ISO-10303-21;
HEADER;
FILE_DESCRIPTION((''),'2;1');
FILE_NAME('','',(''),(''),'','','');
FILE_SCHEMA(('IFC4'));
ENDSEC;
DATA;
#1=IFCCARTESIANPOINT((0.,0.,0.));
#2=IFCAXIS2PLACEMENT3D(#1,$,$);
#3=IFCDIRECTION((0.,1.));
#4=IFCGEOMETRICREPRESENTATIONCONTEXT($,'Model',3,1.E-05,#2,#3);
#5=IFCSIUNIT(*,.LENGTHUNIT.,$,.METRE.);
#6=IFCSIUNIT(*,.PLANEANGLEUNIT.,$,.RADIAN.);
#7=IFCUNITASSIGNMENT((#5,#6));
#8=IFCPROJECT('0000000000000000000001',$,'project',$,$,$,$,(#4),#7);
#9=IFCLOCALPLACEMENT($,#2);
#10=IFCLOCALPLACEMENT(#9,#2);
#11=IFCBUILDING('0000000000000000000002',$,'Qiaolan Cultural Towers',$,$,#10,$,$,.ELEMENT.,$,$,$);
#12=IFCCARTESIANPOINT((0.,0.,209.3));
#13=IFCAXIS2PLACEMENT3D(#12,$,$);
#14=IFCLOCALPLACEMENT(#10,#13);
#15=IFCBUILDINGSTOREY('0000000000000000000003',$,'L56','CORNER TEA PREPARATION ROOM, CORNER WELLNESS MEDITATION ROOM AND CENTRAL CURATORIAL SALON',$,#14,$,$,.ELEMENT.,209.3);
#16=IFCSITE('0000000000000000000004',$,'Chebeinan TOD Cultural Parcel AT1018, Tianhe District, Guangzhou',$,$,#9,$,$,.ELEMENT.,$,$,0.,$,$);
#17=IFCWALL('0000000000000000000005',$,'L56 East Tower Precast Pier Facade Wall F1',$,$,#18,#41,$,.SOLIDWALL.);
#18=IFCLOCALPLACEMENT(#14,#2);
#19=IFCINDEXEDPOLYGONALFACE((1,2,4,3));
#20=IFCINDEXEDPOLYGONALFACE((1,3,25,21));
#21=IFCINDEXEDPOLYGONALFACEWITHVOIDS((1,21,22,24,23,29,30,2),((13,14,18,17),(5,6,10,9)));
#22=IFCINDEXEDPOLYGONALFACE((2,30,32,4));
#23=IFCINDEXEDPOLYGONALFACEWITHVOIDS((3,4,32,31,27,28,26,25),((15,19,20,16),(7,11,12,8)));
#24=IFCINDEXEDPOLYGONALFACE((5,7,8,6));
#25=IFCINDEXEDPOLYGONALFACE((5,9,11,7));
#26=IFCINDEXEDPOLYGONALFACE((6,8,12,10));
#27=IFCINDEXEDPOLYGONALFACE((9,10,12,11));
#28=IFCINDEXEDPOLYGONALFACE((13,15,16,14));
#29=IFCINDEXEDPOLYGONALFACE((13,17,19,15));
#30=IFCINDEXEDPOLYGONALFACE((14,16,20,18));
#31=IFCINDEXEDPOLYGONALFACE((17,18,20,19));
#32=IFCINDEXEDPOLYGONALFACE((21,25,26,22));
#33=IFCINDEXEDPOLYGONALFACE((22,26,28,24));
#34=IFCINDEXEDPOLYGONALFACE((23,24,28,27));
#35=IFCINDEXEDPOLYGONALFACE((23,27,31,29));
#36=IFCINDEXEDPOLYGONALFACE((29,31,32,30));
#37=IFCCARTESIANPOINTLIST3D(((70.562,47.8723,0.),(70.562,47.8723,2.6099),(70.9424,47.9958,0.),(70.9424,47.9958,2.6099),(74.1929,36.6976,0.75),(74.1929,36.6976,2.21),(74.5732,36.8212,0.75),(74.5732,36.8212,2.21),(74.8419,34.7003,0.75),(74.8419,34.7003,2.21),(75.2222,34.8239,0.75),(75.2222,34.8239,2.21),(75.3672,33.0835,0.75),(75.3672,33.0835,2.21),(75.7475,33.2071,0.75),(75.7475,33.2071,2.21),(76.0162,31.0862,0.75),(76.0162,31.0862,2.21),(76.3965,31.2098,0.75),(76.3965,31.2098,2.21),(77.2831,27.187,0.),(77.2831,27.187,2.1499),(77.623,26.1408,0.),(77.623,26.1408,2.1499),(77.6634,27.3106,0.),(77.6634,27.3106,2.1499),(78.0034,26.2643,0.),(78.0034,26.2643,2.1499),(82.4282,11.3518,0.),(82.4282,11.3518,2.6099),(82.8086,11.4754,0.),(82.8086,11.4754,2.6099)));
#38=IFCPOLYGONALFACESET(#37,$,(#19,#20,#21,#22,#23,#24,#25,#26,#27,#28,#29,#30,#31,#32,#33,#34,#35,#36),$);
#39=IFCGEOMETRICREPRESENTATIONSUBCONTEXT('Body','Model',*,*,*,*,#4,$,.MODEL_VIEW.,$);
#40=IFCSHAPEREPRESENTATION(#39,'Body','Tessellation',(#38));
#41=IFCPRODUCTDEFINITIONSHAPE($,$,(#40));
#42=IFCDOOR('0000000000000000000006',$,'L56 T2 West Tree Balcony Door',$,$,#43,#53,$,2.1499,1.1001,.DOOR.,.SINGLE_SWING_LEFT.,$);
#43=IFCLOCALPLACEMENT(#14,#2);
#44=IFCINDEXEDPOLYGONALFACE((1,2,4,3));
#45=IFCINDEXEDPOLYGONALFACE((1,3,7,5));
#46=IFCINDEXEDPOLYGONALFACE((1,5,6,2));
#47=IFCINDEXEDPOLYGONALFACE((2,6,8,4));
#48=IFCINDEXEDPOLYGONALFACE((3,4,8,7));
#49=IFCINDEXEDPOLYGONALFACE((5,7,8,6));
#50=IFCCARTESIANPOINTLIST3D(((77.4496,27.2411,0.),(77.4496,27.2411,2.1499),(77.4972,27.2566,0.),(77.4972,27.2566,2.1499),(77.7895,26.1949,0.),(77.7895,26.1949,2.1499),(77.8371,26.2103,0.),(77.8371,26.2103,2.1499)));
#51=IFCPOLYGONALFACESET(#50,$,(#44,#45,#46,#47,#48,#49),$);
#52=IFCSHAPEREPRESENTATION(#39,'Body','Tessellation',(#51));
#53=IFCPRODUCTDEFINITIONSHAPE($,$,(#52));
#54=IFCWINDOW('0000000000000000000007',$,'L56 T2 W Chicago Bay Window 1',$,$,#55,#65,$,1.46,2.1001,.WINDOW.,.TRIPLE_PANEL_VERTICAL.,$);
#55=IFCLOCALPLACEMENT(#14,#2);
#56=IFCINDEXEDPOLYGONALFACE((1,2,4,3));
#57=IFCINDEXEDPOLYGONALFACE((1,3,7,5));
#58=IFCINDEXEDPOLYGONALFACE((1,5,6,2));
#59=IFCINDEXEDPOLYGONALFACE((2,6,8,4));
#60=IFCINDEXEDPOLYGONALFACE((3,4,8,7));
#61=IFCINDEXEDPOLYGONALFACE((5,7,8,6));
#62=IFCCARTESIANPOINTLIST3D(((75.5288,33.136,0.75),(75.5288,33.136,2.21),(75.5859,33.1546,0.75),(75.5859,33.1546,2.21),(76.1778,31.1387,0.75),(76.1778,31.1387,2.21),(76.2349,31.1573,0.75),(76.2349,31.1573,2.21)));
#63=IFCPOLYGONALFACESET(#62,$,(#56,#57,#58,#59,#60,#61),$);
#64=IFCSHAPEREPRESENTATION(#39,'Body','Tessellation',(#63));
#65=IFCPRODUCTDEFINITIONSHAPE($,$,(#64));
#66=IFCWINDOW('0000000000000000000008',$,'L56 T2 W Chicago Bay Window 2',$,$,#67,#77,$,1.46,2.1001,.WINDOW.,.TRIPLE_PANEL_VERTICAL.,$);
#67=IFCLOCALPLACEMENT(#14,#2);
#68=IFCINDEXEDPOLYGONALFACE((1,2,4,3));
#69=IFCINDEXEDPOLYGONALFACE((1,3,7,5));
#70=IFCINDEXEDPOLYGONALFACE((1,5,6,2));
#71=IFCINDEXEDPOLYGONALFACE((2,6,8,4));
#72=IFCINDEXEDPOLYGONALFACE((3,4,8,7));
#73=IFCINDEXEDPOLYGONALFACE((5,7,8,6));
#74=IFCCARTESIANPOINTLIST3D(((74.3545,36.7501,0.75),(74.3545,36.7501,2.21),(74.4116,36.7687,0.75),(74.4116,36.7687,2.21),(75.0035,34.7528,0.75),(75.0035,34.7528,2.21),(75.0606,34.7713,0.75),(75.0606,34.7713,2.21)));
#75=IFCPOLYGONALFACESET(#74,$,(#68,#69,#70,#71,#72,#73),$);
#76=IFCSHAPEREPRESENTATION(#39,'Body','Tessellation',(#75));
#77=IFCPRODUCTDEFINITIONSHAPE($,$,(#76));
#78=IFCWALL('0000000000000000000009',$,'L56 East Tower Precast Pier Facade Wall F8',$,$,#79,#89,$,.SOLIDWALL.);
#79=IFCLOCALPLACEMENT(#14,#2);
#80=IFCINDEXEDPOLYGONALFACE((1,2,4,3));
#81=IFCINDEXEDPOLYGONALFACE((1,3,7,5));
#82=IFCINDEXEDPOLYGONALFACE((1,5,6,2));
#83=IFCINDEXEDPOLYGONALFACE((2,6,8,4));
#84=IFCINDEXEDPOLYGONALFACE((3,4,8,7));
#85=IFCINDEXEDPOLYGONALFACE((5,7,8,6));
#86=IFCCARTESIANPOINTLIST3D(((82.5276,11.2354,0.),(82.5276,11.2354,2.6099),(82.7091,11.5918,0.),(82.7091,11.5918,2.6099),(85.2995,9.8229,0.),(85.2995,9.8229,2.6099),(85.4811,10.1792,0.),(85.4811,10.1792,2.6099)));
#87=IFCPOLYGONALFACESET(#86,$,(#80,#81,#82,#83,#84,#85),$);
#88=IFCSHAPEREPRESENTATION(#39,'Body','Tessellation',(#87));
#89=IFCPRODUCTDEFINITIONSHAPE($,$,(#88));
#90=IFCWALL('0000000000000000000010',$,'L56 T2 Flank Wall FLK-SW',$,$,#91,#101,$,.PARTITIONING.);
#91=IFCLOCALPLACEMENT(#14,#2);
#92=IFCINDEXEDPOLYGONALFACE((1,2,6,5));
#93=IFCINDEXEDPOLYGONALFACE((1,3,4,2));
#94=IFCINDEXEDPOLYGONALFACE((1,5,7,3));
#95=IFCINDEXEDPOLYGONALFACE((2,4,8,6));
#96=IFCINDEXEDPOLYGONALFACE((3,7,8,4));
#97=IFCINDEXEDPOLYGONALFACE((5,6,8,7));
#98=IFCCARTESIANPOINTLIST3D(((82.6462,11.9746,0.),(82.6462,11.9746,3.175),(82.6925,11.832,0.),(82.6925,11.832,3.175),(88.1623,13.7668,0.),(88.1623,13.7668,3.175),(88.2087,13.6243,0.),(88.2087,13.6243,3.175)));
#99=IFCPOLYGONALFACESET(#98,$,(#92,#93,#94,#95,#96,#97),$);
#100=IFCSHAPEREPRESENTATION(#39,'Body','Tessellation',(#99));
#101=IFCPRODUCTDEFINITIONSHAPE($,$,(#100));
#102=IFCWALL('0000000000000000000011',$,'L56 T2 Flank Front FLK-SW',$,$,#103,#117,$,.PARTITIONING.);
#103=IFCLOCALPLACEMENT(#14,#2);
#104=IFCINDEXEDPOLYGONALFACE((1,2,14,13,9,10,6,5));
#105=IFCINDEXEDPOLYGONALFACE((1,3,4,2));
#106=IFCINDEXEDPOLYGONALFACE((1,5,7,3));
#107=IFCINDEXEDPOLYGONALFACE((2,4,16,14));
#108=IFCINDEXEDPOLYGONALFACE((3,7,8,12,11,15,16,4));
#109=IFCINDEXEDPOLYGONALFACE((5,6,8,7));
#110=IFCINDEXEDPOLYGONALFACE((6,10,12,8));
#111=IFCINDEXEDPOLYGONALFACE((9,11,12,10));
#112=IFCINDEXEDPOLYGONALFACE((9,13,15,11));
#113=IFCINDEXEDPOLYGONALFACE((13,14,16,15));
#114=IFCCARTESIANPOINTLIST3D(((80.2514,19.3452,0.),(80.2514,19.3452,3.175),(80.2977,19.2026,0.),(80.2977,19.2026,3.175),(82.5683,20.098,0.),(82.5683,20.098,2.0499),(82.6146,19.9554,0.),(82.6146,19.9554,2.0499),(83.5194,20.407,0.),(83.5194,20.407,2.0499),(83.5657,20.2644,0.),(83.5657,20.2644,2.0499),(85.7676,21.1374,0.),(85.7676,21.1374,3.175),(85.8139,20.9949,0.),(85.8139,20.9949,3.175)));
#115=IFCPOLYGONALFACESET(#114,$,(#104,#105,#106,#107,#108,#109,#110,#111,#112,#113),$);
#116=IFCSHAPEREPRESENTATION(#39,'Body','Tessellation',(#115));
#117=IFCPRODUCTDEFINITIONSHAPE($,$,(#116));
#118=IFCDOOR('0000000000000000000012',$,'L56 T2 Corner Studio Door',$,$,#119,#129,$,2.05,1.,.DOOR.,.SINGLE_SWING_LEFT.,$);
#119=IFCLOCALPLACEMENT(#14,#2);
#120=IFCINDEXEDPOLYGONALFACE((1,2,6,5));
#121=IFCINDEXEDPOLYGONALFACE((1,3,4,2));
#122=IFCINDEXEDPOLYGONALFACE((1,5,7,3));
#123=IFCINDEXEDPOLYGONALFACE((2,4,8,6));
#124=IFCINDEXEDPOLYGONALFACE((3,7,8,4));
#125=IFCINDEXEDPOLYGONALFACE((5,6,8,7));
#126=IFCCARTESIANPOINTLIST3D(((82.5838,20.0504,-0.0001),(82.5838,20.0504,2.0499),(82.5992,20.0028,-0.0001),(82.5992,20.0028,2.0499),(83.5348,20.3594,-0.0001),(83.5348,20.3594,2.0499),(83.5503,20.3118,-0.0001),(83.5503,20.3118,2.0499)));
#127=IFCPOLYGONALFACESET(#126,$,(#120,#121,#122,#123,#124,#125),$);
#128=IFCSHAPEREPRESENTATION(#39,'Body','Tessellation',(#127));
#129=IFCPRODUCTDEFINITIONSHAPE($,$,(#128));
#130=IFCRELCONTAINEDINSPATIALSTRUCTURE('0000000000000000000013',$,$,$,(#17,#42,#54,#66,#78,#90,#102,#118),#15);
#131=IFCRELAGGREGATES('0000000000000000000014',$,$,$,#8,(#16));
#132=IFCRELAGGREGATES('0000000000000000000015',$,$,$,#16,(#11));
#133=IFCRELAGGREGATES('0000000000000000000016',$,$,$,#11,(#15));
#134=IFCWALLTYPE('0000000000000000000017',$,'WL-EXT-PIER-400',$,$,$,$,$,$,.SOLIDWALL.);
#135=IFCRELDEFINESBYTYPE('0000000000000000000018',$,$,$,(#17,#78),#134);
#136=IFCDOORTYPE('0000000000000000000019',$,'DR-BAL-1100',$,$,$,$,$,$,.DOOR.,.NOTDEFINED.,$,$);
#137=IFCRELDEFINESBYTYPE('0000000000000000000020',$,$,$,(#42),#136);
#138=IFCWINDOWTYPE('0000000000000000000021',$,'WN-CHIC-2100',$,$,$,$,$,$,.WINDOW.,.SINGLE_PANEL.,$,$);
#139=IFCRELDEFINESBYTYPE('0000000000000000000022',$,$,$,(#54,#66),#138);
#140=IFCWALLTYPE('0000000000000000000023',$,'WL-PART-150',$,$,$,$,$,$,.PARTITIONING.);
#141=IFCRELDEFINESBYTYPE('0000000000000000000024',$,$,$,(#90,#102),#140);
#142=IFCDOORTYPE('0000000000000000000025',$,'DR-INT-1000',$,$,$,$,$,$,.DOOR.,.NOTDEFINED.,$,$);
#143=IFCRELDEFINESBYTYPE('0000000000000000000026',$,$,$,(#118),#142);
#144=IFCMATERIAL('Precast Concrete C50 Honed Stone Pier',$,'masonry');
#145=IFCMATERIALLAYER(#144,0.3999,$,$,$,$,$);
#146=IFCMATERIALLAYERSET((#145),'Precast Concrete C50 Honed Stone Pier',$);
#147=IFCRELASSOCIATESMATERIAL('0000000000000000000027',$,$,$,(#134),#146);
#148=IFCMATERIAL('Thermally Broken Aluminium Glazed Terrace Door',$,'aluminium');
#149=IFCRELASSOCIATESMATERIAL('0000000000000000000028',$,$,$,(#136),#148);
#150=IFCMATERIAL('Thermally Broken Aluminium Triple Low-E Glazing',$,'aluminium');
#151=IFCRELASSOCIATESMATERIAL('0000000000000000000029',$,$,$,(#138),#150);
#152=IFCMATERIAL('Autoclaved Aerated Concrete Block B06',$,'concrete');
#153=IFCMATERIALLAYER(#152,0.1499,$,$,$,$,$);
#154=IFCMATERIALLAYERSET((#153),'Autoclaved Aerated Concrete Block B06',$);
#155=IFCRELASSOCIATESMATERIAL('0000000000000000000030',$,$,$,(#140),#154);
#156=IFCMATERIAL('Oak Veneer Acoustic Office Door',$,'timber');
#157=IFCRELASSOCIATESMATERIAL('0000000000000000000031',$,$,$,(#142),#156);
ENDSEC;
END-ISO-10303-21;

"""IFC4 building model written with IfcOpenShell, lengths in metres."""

from ifc_helpers import new_model, si_unit, direction, frame, frame_2d, origin, place, context, subcontext, project, spatial, rectangle, extrude, material, layer, layer_set, type_object, element, fill, save


model = new_model("IFC4")

# Units and contexts
model_context = context("Model", 3, precision=1e-05, world=origin(), true_north=direction((0.0, 1.0)))
body_context = subcontext(model_context, "Body", "Model", "MODEL_VIEW")
ifc_project = project(units=[si_unit("LENGTHUNIT", "METRE"), si_unit("PLANEANGLEUNIT", "RADIAN")], contexts=[model_context])

# Site, building, storey
site_placement = place(None, origin())
site = spatial("IfcSite", under=ifc_project, at=site_placement, Name="Chebeinan TOD Cultural Parcel AT1018, Tianhe District, Guangzhou", CompositionType="ELEMENT", RefElevation=0.0)
building_placement = place(site_placement, origin())
building = spatial("IfcBuilding", under=site, at=building_placement, Name="Qiaolan Cultural Towers", CompositionType="ELEMENT")
storey_placement = place(building_placement, frame((0.0, 0.0, 209.3)))
storey = spatial("IfcBuildingStorey", under=building, at=storey_placement, Name="L56", Description="CORNER TEA PREPARATION ROOM, CORNER WELLNESS MEDITATION ROOM AND CENTRAL CURATORIAL SALON", CompositionType="ELEMENT", Elevation=209.3)

# Wall, openings, door, windows
ifc_material_1 = material(Name="Precast Concrete C50 Honed Stone Pier", Category="masonry")
ifc_layer_1 = layer(ifc_material_1, 0.3999)
ifc_layer_set_1 = layer_set([ifc_layer_1], Name="Precast Concrete C50 Honed Stone Pier")
wall_type_1 = type_object("IfcWallType", Name="WL-EXT-PIER-400", PredefinedType="SOLIDWALL", material=ifc_layer_set_1)
wall_1_placement = place(storey_placement, frame((82.6184, 11.4136, 0.0), z_axis=(0.0, 0.0, 1.0), x_axis=(-0.309016, 0.951057, 0.0)))
wall_1 = element("IfcWall", 1, at=wall_1_placement, inside=storey, type_object=wall_type_1, Name="L56 East Tower Precast Pier Facade Wall F1", PredefinedType="SOLIDWALL", context=body_context, shape_type="SweptSolid", body=[
    extrude(rectangle(XDim=38.3999, YDim=0.3999, at=frame_2d((19.2, 0.0))), origin(), (0.0, 0.0, 1.0), 2.6099),
])
opening_1_placement = place(wall_1_placement, frame((20.75, 0.0, 0.75)))
opening_1 = element("IfcOpeningElement", 2, at=opening_1_placement, cuts=wall_1, PredefinedType="OPENING", context=body_context, shape_type="SweptSolid", body=[
    extrude(rectangle(XDim=2.1001, YDim=1.46, at=frame_2d((1.05, 0.73))), frame((0.0, 0.21, 0.0), z_axis=(0.0, -1.0, 0.0), x_axis=(1.0, 0.0, 0.0)), (0.0, 0.0, 1.0), 0.4199),
])
opening_2_placement = place(wall_1_placement, frame((24.55, 0.0, 0.75)))
opening_2 = element("IfcOpeningElement", 3, at=opening_2_placement, cuts=wall_1, PredefinedType="OPENING", context=body_context, shape_type="SweptSolid", body=[
    extrude(rectangle(XDim=2.1001, YDim=1.46, at=frame_2d((1.05, 0.73))), frame((0.0, 0.21, 0.0), z_axis=(0.0, -1.0, 0.0), x_axis=(1.0, 0.0, 0.0)), (0.0, 0.0, 1.0), 0.4199),
])
opening_3_placement = place(wall_1_placement, frame((15.55, 0.0, 0.0)))
opening_3 = element("IfcOpeningElement", 4, at=opening_3_placement, cuts=wall_1, PredefinedType="OPENING", context=body_context, shape_type="SweptSolid", body=[
    extrude(rectangle(XDim=1.1001, YDim=2.1499, at=frame_2d((0.55, 1.075))), frame((0.0, 0.21, 0.0), z_axis=(0.0, -1.0, 0.0), x_axis=(1.0, 0.0, 0.0)), (0.0, 0.0, 1.0), 0.4199),
])
ifc_material_2 = material(Name="Thermally Broken Aluminium Glazed Terrace Door", Category="aluminium")
door_type_1 = type_object("IfcDoorType", Name="DR-BAL-1100", OperationType="NOTDEFINED", PredefinedType="DOOR", material=ifc_material_2)
door_1_placement = place(opening_3_placement, origin())
door_1 = element("IfcDoor", 5, at=door_1_placement, inside=storey, type_object=door_type_1, Name="L56 T2 West Tree Balcony Door", OperationType="SINGLE_SWING_LEFT", OverallHeight=2.1499, OverallWidth=1.1001, PredefinedType="DOOR", context=body_context, shape_type="SweptSolid", body=[
    extrude(rectangle(XDim=1.1001, YDim=2.1499, at=frame_2d((0.55, 1.075))), frame((0.0, 0.0249, 0.0), z_axis=(0.0, -1.0, 0.0), x_axis=(1.0, 0.0, 0.0)), (0.0, 0.0, 1.0), 0.05),
])
fill(opening_3, door_1)
ifc_material_3 = material(Name="Thermally Broken Aluminium Triple Low-E Glazing", Category="aluminium")
window_type = type_object("IfcWindowType", Name="WN-CHIC-2100", PartitioningType="SINGLE_PANEL", PredefinedType="WINDOW", material=ifc_material_3)
window_1_placement = place(opening_1_placement, origin())
window_1 = element("IfcWindow", 6, at=window_1_placement, inside=storey, type_object=window_type, Name="L56 T2 W Chicago Bay Window 1", OverallHeight=1.46, OverallWidth=2.1001, PartitioningType="TRIPLE_PANEL_VERTICAL", PredefinedType="WINDOW", context=body_context, shape_type="SweptSolid", body=[
    extrude(rectangle(XDim=2.1001, YDim=1.46, at=frame_2d((1.05, 0.73))), frame((0.0, 0.03, 0.0), z_axis=(0.0, -1.0, 0.0), x_axis=(1.0, 0.0, 0.0)), (0.0, 0.0, 1.0), 0.0601),
])
fill(opening_1, window_1)
window_2_placement = place(opening_2_placement, origin())
window_2 = element("IfcWindow", 7, at=window_2_placement, inside=storey, type_object=window_type, Name="L56 T2 W Chicago Bay Window 2", OverallHeight=1.46, OverallWidth=2.1001, PartitioningType="TRIPLE_PANEL_VERTICAL", PredefinedType="WINDOW", context=body_context, shape_type="SweptSolid", body=[
    extrude(rectangle(XDim=2.1001, YDim=1.46, at=frame_2d((1.05, 0.73))), frame((0.0, 0.03, 0.0), z_axis=(0.0, -1.0, 0.0), x_axis=(1.0, 0.0, 0.0)), (0.0, 0.0, 1.0), 0.0601),
])
fill(opening_2, window_2)

# Walls
wall_2_placement = place(storey_placement, frame((85.3904, 10.001, 0.0), z_axis=(0.0, 0.0, 1.0), x_axis=(-0.89098, 0.454043, 0.0)))
element("IfcWall", 8, at=wall_2_placement, inside=storey, type_object=wall_type_1, Name="L56 East Tower Precast Pier Facade Wall F8", PredefinedType="SOLIDWALL", context=body_context, shape_type="SweptSolid", body=[
    extrude(rectangle(XDim=3.1111, YDim=0.3999, at=frame_2d((1.5557, 0.0))), origin(), (0.0, 0.0, 1.0), 2.6099),
])
ifc_material_4 = material(Name="Autoclaved Aerated Concrete Block B06", Category="concrete")
ifc_layer_2 = layer(ifc_material_4, 0.1499)
ifc_layer_set_2 = layer_set([ifc_layer_2], Name="Autoclaved Aerated Concrete Block B06")
wall_type_2 = type_object("IfcWallType", Name="WL-PART-150", PredefinedType="PARTITIONING", material=ifc_layer_set_2)
wall_3_placement = place(storey_placement, frame((82.6694, 11.9033, 0.0), z_axis=(0.0, 0.0, 1.0), x_axis=(0.951059, 0.309008, 0.0)))
element("IfcWall", 9, at=wall_3_placement, inside=storey, type_object=wall_type_2, Name="L56 T2 Flank Wall FLK-SW", PredefinedType="PARTITIONING", context=body_context, shape_type="SweptSolid", body=[
    extrude(rectangle(XDim=5.8, YDim=0.1499, at=frame_2d((2.8999, 0.0))), origin(), (0.0, 0.0, 1.0), 3.175),
])

# Wall, opening, door
wall_4_placement = place(storey_placement, frame((80.2747, 19.2739, 0.0), z_axis=(0.0, 0.0, 1.0), x_axis=(0.951059, 0.309008, 0.0)))
wall_4 = element("IfcWall", 10, at=wall_4_placement, inside=storey, type_object=wall_type_2, Name="L56 T2 Flank Front FLK-SW", PredefinedType="PARTITIONING", context=body_context, shape_type="SweptSolid", body=[
    extrude(rectangle(XDim=5.8, YDim=0.1499, at=frame_2d((2.8999, 0.0))), origin(), (0.0, 0.0, 1.0), 3.175),
])
opening_4_placement = place(wall_4_placement, frame((2.436, 0.0, 0.0)))
opening_4 = element("IfcOpeningElement", 11, at=opening_4_placement, cuts=wall_4, PredefinedType="OPENING", context=body_context, shape_type="SweptSolid", body=[
    extrude(rectangle(XDim=1.0, YDim=2.05, at=frame_2d((0.5, 1.0249))), frame((0.0, 0.085, 0.0), z_axis=(0.0, -1.0, 0.0), x_axis=(1.0, 0.0, 0.0)), (0.0, 0.0, 1.0), 0.1699),
])
ifc_material_5 = material(Name="Oak Veneer Acoustic Office Door", Category="timber")
door_type_2 = type_object("IfcDoorType", Name="DR-INT-1000", OperationType="NOTDEFINED", PredefinedType="DOOR", material=ifc_material_5)
door_2_placement = place(opening_4_placement, origin())
door_2 = element("IfcDoor", 12, at=door_2_placement, inside=storey, type_object=door_type_2, Name="L56 T2 Corner Studio Door", OperationType="SINGLE_SWING_LEFT", OverallHeight=2.05, OverallWidth=1.0, PredefinedType="DOOR", context=body_context, shape_type="SweptSolid", body=[
    extrude(rectangle(XDim=1.0, YDim=2.05, at=frame_2d((0.5, 1.0249))), frame((0.0, 0.0249, 0.0), z_axis=(0.0, -1.0, 0.0), x_axis=(1.0, 0.0, 0.0)), (0.0, 0.0, 1.0), 0.05),
])
fill(opening_4, door_2)

save(model, "model.ifc")
